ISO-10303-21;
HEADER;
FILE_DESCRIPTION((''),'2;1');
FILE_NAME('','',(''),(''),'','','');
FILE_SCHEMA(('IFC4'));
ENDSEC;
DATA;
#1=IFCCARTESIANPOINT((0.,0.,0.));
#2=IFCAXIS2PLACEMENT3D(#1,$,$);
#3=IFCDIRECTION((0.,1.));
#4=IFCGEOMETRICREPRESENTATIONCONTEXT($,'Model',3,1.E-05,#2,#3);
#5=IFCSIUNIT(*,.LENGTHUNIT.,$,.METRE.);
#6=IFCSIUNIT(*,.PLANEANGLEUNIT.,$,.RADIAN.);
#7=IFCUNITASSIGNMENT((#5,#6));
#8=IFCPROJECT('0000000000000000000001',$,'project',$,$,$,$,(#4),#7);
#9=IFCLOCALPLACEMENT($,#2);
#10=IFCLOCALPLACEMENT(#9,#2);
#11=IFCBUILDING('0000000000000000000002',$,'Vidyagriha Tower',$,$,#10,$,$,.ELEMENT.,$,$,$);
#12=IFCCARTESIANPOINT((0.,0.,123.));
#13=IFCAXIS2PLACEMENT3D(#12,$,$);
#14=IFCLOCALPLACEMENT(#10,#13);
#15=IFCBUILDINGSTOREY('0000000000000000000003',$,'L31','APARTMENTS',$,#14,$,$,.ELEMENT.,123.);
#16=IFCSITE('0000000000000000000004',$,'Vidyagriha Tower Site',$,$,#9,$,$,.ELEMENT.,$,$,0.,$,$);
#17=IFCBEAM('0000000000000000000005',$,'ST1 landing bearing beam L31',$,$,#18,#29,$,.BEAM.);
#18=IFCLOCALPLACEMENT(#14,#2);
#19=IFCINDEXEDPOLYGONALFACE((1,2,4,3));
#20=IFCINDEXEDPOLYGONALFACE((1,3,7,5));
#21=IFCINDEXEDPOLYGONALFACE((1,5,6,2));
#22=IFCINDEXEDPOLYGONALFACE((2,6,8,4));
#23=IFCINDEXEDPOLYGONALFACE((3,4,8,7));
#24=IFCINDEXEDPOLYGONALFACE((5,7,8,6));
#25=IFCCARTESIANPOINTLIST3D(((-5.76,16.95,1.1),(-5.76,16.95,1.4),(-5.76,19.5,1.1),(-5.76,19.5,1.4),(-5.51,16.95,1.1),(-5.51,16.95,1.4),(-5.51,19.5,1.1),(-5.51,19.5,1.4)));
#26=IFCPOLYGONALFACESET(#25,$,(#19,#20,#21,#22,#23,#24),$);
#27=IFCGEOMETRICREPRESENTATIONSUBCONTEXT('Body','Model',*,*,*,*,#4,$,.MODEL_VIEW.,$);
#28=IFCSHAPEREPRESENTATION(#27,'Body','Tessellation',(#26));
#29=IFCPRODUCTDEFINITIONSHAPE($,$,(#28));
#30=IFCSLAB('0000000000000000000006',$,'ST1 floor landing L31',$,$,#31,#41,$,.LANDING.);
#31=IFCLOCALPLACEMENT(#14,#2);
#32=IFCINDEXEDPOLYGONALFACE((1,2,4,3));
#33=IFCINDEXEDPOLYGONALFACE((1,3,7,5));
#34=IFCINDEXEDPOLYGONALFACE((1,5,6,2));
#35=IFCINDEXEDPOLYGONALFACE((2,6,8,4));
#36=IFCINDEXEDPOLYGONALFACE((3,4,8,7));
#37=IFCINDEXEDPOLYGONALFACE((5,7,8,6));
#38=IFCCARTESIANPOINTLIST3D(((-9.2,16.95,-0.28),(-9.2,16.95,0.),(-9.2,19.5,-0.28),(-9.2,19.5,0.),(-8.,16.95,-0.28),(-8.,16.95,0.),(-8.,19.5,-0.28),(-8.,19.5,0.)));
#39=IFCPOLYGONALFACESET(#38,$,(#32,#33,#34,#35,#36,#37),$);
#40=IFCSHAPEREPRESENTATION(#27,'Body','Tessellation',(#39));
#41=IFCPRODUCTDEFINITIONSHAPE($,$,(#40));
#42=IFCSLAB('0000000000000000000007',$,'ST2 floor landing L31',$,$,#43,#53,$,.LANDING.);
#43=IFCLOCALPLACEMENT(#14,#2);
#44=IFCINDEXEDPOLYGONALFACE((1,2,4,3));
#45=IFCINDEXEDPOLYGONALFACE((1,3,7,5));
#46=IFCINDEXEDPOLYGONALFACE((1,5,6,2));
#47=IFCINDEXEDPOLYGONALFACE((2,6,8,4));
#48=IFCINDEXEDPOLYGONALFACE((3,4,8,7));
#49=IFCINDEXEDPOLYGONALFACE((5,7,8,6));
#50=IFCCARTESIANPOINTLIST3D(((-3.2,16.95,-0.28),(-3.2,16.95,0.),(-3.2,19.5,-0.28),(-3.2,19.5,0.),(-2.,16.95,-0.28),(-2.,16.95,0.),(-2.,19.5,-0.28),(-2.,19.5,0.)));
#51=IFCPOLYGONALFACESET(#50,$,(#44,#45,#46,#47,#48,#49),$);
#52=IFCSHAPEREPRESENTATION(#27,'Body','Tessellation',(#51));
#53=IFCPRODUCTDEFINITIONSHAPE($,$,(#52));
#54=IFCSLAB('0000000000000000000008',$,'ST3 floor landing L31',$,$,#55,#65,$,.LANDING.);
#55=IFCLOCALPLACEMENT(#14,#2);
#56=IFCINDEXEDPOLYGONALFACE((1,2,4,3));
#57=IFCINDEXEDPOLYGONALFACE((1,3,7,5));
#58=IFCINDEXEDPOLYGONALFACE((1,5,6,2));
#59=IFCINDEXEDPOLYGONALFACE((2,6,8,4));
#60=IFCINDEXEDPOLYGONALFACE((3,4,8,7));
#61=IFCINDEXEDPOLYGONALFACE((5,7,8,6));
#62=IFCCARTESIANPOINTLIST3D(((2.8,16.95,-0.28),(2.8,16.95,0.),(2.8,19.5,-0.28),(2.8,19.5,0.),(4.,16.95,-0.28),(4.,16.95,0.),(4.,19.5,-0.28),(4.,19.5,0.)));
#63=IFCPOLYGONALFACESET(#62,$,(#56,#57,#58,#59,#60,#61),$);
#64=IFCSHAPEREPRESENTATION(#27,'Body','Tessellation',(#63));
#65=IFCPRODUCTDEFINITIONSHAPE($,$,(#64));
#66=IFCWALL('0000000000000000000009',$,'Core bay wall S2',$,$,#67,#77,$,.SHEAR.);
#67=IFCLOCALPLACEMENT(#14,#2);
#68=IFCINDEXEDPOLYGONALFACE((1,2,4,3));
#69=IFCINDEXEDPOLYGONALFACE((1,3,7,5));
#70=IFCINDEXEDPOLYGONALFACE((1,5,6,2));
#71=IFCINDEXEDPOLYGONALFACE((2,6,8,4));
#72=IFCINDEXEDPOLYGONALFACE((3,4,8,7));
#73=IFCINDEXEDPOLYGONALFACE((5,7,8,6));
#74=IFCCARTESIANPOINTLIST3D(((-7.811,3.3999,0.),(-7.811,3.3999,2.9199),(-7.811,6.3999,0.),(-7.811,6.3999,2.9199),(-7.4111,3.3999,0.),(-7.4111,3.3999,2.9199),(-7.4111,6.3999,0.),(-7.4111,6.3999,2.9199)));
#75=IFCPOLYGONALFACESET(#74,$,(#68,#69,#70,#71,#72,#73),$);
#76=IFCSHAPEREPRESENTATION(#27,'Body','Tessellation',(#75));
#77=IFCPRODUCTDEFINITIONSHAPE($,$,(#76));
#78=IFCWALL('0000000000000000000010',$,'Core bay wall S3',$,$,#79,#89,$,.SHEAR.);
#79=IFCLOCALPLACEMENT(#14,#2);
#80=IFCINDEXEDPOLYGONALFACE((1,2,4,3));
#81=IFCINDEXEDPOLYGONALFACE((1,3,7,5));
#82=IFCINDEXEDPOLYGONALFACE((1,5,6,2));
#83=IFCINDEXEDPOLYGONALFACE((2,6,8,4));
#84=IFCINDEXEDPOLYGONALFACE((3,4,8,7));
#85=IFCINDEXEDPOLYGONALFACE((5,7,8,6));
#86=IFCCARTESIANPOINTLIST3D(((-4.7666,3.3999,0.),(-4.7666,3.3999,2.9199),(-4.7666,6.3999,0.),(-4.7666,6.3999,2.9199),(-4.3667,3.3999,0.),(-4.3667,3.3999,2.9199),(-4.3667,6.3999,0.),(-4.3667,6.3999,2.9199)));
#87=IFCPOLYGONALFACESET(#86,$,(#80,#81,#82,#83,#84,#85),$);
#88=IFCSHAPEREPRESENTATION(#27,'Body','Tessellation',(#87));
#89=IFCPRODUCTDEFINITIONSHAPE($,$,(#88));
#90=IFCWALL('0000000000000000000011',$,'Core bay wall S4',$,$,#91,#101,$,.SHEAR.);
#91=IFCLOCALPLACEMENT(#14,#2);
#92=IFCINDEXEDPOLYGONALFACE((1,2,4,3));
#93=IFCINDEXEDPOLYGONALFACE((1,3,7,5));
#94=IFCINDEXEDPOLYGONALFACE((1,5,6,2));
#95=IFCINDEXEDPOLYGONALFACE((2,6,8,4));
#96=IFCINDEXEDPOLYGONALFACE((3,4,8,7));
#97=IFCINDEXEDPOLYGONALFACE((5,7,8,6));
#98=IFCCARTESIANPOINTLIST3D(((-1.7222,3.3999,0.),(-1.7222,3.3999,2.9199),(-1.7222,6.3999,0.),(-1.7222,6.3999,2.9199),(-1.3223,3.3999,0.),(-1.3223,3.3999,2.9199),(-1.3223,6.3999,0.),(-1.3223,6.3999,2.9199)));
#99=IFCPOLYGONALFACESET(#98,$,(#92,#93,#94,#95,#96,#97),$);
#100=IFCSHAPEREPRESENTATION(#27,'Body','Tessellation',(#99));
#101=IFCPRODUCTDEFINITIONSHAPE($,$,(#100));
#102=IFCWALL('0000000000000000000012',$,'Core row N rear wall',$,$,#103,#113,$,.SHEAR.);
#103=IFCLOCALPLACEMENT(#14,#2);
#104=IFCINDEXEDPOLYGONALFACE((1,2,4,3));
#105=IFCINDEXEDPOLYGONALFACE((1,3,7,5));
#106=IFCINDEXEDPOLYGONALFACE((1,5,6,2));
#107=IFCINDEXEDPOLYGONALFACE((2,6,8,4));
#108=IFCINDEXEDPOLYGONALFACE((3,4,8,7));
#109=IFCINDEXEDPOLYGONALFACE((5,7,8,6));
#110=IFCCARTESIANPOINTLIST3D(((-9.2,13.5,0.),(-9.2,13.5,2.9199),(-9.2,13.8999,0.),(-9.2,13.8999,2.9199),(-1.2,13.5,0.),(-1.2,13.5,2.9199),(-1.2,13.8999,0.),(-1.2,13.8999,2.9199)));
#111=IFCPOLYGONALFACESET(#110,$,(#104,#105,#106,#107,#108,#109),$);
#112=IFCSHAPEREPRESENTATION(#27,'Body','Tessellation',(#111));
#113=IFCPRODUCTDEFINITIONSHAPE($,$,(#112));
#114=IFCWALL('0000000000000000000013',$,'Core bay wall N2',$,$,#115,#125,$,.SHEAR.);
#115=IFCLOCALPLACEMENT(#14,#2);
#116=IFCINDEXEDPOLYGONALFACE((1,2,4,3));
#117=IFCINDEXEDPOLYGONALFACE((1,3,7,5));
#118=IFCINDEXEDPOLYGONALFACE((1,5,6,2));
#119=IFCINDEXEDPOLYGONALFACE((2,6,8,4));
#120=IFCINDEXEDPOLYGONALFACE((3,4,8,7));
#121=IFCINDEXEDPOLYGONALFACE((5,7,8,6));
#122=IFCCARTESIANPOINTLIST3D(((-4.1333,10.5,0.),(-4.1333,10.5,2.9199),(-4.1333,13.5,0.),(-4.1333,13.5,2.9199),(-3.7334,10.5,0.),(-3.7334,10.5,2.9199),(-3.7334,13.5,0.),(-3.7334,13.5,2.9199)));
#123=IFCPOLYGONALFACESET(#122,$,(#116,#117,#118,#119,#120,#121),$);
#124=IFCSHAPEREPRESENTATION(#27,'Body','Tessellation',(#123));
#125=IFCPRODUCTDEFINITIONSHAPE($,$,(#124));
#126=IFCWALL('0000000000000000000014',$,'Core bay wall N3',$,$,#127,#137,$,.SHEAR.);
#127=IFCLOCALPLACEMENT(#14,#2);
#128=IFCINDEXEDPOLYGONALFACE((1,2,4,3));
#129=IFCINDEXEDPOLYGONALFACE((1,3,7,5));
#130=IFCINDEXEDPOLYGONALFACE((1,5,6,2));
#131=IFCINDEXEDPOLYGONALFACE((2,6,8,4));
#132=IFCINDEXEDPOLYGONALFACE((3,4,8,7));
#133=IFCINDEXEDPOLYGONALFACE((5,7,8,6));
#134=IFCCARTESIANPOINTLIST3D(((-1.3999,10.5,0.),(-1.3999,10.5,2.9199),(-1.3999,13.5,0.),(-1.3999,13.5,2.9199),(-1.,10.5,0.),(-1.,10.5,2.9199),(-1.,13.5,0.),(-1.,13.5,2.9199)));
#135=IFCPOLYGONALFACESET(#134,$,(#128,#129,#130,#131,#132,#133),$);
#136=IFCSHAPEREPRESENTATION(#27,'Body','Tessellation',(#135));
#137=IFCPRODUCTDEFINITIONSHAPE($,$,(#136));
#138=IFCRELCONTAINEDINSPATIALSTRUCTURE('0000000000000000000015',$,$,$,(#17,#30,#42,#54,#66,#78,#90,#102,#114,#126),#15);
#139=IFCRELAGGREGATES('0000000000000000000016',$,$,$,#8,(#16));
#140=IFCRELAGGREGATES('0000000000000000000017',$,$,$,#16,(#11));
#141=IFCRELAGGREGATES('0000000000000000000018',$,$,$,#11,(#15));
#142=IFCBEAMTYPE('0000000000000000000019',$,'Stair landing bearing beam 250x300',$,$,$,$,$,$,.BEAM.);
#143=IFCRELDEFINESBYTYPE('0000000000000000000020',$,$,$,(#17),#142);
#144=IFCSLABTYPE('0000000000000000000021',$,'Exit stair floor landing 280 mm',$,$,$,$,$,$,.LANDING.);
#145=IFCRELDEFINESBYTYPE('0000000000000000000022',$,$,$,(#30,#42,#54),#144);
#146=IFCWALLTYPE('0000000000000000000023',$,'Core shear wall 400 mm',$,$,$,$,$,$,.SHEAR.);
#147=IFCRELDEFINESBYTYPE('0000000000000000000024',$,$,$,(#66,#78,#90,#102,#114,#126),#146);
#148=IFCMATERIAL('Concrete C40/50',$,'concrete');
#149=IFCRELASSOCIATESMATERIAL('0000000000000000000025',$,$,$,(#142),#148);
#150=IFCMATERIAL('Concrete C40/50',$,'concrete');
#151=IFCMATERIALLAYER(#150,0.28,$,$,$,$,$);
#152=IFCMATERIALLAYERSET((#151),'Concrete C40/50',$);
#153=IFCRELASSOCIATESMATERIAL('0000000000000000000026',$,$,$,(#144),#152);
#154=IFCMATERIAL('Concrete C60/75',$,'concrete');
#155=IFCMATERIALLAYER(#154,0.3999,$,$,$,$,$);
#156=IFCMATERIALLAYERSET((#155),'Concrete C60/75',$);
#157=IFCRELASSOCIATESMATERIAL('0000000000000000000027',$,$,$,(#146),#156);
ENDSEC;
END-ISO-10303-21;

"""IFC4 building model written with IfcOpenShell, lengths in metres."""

from ifc_helpers import new_model, si_unit, direction, frame, frame_2d, origin, origin_2d, place, context, subcontext, project, spatial, polyline, rectangle, outline, extrude, material, layer, layer_set, material_profile, profile_set, type_object, element, save


model = new_model("IFC4")

# Units and contexts
model_context = context("Model", 3, precision=1e-05, world=origin(), true_north=direction((0.0, 1.0)))
body_context = subcontext(model_context, "Body", "Model", "MODEL_VIEW")
ifc_project = project(units=[si_unit("LENGTHUNIT", "METRE"), si_unit("PLANEANGLEUNIT", "RADIAN")], contexts=[model_context])

# Site, building, storey
site_placement = place(None, origin())
site = spatial("IfcSite", under=ifc_project, at=site_placement, Name="Vidyagriha Tower Site", CompositionType="ELEMENT", RefElevation=0.0)
building_placement = place(site_placement, origin())
building = spatial("IfcBuilding", under=site, at=building_placement, Name="Vidyagriha Tower", CompositionType="ELEMENT")
storey_placement = place(building_placement, frame((0.0, 0.0, 123.0)))
storey = spatial("IfcBuildingStorey", under=building, at=storey_placement, Name="L31", Description="APARTMENTS", CompositionType="ELEMENT", Elevation=123.0)

# Beam
ifc_material_1 = material(Name="Concrete C40/50", Category="concrete")
ifc_material_profile = material_profile(ifc_material_1, rectangle(XDim=0.25, YDim=0.3, at=origin_2d()), Name="Stair landing bearing beam 250x300")
ifc_profile_set = profile_set([ifc_material_profile], Name="Concrete C40/50")
beam_type = type_object("IfcBeamType", Name="Stair landing bearing beam 250x300", PredefinedType="BEAM", material=ifc_profile_set)
beam_placement = place(storey_placement, frame((-5.635, 16.95, 1.25), z_axis=(0.0, 1.0, 0.0), x_axis=(-1.0, 0.0, 0.0)))
element("IfcBeam", 1, at=beam_placement, inside=storey, type_object=beam_type, Name="ST1 landing bearing beam L31", PredefinedType="BEAM", context=body_context, shape_type="SweptSolid", body=[
    extrude(rectangle(XDim=0.25, YDim=0.3, at=origin_2d()), origin(), (0.0, 0.0, 1.0), 2.55),
])

# Slabs
ifc_material_2 = material(Name="Concrete C40/50", Category="concrete")
ifc_layer_1 = layer(ifc_material_2, 0.28)
ifc_layer_set_1 = layer_set([ifc_layer_1], Name="Concrete C40/50")
slab_type = type_object("IfcSlabType", Name="Exit stair floor landing 280 mm", PredefinedType="LANDING", material=ifc_layer_set_1)
slab_1_placement = place(storey_placement, frame((0.0, 0.0, -0.28)))
element("IfcSlab", 2, at=slab_1_placement, inside=storey, type_object=slab_type, Name="ST1 floor landing L31", PredefinedType="LANDING", context=body_context, shape_type="SweptSolid", body=[
    extrude(outline(polyline([(-9.2, 16.95), (-8.0, 16.95), (-8.0, 19.5), (-9.2, 19.5), (-9.2, 16.95)])), origin(), (0.0, 0.0, 1.0), 0.28),
])
slab_2_placement = place(storey_placement, frame((0.0, 0.0, -0.28)))
element("IfcSlab", 3, at=slab_2_placement, inside=storey, type_object=slab_type, Name="ST2 floor landing L31", PredefinedType="LANDING", context=body_context, shape_type="SweptSolid", body=[
    extrude(outline(polyline([(-3.2, 16.95), (-2.0, 16.95), (-2.0, 19.5), (-3.2, 19.5), (-3.2, 16.95)])), origin(), (0.0, 0.0, 1.0), 0.28),
])
slab_3_placement = place(storey_placement, frame((0.0, 0.0, -0.28)))
element("IfcSlab", 4, at=slab_3_placement, inside=storey, type_object=slab_type, Name="ST3 floor landing L31", PredefinedType="LANDING", context=body_context, shape_type="SweptSolid", body=[
    extrude(outline(polyline([(2.8, 16.95), (4.0, 16.95), (4.0, 19.5), (2.8, 19.5), (2.8, 16.95)])), origin(), (0.0, 0.0, 1.0), 0.28),
])

# Walls
ifc_material_3 = material(Name="Concrete C60/75", Category="concrete")
ifc_layer_2 = layer(ifc_material_3, 0.3999)
ifc_layer_set_2 = layer_set([ifc_layer_2], Name="Concrete C60/75")
wall_type_1 = type_object("IfcWallType", Name="Core shear wall 400 mm", PredefinedType="SHEAR", material=ifc_layer_set_2)
for number, where, z_axis, x_axis, name in (
    (5, (-7.6111, 3.3999, 0.0), (0.0, 0.0, 1.0), (0.0, 1.0, 0.0), "Core bay wall S2"),
    (6, (-4.5667, 3.3999, 0.0), (0.0, 0.0, 1.0), (0.0, 1.0, 0.0), "Core bay wall S3"),
    (7, (-1.5222, 3.3999, 0.0), (0.0, 0.0, 1.0), (0.0, 1.0, 0.0), "Core bay wall S4"),
):
    element("IfcWall", number, at=place(storey_placement, frame(where, z_axis=z_axis, x_axis=x_axis)), inside=storey, type_object=wall_type_1, Name=name, PredefinedType="SHEAR", context=body_context, shape_type="SweptSolid", body=[
        extrude(rectangle(XDim=3.0, YDim=0.3999, at=frame_2d((1.5, 0.0))), origin(), (0.0, 0.0, 1.0), 2.9199),
    ])
wall_1_placement = place(storey_placement, frame((-9.2, 13.7, 0.0)))
element("IfcWall", 8, at=wall_1_placement, inside=storey, type_object=wall_type_1, Name="Core row N rear wall", PredefinedType="SHEAR", context=body_context, shape_type="SweptSolid", body=[
    extrude(rectangle(XDim=8.0, YDim=0.3999, at=frame_2d((4.0, 0.0))), origin(), (0.0, 0.0, 1.0), 2.9199),
])
for number, where, z_axis, x_axis, name in (
    (9, (-3.9333, 10.5, 0.0), (0.0, 0.0, 1.0), (0.0, 1.0, 0.0), "Core bay wall N2"),
    (10, (-1.2, 10.5, 0.0), (0.0, 0.0, 1.0), (0.0, 1.0, 0.0), "Core bay wall N3"),
):
    element("IfcWall", number, at=place(storey_placement, frame(where, z_axis=z_axis, x_axis=x_axis)), inside=storey, type_object=wall_type_1, Name=name, PredefinedType="SHEAR", context=body_context, shape_type="SweptSolid", body=[
        extrude(rectangle(XDim=3.0, YDim=0.3999, at=frame_2d((1.5, 0.0))), origin(), (0.0, 0.0, 1.0), 2.9199),
    ])

save(model, "model.ifc")
